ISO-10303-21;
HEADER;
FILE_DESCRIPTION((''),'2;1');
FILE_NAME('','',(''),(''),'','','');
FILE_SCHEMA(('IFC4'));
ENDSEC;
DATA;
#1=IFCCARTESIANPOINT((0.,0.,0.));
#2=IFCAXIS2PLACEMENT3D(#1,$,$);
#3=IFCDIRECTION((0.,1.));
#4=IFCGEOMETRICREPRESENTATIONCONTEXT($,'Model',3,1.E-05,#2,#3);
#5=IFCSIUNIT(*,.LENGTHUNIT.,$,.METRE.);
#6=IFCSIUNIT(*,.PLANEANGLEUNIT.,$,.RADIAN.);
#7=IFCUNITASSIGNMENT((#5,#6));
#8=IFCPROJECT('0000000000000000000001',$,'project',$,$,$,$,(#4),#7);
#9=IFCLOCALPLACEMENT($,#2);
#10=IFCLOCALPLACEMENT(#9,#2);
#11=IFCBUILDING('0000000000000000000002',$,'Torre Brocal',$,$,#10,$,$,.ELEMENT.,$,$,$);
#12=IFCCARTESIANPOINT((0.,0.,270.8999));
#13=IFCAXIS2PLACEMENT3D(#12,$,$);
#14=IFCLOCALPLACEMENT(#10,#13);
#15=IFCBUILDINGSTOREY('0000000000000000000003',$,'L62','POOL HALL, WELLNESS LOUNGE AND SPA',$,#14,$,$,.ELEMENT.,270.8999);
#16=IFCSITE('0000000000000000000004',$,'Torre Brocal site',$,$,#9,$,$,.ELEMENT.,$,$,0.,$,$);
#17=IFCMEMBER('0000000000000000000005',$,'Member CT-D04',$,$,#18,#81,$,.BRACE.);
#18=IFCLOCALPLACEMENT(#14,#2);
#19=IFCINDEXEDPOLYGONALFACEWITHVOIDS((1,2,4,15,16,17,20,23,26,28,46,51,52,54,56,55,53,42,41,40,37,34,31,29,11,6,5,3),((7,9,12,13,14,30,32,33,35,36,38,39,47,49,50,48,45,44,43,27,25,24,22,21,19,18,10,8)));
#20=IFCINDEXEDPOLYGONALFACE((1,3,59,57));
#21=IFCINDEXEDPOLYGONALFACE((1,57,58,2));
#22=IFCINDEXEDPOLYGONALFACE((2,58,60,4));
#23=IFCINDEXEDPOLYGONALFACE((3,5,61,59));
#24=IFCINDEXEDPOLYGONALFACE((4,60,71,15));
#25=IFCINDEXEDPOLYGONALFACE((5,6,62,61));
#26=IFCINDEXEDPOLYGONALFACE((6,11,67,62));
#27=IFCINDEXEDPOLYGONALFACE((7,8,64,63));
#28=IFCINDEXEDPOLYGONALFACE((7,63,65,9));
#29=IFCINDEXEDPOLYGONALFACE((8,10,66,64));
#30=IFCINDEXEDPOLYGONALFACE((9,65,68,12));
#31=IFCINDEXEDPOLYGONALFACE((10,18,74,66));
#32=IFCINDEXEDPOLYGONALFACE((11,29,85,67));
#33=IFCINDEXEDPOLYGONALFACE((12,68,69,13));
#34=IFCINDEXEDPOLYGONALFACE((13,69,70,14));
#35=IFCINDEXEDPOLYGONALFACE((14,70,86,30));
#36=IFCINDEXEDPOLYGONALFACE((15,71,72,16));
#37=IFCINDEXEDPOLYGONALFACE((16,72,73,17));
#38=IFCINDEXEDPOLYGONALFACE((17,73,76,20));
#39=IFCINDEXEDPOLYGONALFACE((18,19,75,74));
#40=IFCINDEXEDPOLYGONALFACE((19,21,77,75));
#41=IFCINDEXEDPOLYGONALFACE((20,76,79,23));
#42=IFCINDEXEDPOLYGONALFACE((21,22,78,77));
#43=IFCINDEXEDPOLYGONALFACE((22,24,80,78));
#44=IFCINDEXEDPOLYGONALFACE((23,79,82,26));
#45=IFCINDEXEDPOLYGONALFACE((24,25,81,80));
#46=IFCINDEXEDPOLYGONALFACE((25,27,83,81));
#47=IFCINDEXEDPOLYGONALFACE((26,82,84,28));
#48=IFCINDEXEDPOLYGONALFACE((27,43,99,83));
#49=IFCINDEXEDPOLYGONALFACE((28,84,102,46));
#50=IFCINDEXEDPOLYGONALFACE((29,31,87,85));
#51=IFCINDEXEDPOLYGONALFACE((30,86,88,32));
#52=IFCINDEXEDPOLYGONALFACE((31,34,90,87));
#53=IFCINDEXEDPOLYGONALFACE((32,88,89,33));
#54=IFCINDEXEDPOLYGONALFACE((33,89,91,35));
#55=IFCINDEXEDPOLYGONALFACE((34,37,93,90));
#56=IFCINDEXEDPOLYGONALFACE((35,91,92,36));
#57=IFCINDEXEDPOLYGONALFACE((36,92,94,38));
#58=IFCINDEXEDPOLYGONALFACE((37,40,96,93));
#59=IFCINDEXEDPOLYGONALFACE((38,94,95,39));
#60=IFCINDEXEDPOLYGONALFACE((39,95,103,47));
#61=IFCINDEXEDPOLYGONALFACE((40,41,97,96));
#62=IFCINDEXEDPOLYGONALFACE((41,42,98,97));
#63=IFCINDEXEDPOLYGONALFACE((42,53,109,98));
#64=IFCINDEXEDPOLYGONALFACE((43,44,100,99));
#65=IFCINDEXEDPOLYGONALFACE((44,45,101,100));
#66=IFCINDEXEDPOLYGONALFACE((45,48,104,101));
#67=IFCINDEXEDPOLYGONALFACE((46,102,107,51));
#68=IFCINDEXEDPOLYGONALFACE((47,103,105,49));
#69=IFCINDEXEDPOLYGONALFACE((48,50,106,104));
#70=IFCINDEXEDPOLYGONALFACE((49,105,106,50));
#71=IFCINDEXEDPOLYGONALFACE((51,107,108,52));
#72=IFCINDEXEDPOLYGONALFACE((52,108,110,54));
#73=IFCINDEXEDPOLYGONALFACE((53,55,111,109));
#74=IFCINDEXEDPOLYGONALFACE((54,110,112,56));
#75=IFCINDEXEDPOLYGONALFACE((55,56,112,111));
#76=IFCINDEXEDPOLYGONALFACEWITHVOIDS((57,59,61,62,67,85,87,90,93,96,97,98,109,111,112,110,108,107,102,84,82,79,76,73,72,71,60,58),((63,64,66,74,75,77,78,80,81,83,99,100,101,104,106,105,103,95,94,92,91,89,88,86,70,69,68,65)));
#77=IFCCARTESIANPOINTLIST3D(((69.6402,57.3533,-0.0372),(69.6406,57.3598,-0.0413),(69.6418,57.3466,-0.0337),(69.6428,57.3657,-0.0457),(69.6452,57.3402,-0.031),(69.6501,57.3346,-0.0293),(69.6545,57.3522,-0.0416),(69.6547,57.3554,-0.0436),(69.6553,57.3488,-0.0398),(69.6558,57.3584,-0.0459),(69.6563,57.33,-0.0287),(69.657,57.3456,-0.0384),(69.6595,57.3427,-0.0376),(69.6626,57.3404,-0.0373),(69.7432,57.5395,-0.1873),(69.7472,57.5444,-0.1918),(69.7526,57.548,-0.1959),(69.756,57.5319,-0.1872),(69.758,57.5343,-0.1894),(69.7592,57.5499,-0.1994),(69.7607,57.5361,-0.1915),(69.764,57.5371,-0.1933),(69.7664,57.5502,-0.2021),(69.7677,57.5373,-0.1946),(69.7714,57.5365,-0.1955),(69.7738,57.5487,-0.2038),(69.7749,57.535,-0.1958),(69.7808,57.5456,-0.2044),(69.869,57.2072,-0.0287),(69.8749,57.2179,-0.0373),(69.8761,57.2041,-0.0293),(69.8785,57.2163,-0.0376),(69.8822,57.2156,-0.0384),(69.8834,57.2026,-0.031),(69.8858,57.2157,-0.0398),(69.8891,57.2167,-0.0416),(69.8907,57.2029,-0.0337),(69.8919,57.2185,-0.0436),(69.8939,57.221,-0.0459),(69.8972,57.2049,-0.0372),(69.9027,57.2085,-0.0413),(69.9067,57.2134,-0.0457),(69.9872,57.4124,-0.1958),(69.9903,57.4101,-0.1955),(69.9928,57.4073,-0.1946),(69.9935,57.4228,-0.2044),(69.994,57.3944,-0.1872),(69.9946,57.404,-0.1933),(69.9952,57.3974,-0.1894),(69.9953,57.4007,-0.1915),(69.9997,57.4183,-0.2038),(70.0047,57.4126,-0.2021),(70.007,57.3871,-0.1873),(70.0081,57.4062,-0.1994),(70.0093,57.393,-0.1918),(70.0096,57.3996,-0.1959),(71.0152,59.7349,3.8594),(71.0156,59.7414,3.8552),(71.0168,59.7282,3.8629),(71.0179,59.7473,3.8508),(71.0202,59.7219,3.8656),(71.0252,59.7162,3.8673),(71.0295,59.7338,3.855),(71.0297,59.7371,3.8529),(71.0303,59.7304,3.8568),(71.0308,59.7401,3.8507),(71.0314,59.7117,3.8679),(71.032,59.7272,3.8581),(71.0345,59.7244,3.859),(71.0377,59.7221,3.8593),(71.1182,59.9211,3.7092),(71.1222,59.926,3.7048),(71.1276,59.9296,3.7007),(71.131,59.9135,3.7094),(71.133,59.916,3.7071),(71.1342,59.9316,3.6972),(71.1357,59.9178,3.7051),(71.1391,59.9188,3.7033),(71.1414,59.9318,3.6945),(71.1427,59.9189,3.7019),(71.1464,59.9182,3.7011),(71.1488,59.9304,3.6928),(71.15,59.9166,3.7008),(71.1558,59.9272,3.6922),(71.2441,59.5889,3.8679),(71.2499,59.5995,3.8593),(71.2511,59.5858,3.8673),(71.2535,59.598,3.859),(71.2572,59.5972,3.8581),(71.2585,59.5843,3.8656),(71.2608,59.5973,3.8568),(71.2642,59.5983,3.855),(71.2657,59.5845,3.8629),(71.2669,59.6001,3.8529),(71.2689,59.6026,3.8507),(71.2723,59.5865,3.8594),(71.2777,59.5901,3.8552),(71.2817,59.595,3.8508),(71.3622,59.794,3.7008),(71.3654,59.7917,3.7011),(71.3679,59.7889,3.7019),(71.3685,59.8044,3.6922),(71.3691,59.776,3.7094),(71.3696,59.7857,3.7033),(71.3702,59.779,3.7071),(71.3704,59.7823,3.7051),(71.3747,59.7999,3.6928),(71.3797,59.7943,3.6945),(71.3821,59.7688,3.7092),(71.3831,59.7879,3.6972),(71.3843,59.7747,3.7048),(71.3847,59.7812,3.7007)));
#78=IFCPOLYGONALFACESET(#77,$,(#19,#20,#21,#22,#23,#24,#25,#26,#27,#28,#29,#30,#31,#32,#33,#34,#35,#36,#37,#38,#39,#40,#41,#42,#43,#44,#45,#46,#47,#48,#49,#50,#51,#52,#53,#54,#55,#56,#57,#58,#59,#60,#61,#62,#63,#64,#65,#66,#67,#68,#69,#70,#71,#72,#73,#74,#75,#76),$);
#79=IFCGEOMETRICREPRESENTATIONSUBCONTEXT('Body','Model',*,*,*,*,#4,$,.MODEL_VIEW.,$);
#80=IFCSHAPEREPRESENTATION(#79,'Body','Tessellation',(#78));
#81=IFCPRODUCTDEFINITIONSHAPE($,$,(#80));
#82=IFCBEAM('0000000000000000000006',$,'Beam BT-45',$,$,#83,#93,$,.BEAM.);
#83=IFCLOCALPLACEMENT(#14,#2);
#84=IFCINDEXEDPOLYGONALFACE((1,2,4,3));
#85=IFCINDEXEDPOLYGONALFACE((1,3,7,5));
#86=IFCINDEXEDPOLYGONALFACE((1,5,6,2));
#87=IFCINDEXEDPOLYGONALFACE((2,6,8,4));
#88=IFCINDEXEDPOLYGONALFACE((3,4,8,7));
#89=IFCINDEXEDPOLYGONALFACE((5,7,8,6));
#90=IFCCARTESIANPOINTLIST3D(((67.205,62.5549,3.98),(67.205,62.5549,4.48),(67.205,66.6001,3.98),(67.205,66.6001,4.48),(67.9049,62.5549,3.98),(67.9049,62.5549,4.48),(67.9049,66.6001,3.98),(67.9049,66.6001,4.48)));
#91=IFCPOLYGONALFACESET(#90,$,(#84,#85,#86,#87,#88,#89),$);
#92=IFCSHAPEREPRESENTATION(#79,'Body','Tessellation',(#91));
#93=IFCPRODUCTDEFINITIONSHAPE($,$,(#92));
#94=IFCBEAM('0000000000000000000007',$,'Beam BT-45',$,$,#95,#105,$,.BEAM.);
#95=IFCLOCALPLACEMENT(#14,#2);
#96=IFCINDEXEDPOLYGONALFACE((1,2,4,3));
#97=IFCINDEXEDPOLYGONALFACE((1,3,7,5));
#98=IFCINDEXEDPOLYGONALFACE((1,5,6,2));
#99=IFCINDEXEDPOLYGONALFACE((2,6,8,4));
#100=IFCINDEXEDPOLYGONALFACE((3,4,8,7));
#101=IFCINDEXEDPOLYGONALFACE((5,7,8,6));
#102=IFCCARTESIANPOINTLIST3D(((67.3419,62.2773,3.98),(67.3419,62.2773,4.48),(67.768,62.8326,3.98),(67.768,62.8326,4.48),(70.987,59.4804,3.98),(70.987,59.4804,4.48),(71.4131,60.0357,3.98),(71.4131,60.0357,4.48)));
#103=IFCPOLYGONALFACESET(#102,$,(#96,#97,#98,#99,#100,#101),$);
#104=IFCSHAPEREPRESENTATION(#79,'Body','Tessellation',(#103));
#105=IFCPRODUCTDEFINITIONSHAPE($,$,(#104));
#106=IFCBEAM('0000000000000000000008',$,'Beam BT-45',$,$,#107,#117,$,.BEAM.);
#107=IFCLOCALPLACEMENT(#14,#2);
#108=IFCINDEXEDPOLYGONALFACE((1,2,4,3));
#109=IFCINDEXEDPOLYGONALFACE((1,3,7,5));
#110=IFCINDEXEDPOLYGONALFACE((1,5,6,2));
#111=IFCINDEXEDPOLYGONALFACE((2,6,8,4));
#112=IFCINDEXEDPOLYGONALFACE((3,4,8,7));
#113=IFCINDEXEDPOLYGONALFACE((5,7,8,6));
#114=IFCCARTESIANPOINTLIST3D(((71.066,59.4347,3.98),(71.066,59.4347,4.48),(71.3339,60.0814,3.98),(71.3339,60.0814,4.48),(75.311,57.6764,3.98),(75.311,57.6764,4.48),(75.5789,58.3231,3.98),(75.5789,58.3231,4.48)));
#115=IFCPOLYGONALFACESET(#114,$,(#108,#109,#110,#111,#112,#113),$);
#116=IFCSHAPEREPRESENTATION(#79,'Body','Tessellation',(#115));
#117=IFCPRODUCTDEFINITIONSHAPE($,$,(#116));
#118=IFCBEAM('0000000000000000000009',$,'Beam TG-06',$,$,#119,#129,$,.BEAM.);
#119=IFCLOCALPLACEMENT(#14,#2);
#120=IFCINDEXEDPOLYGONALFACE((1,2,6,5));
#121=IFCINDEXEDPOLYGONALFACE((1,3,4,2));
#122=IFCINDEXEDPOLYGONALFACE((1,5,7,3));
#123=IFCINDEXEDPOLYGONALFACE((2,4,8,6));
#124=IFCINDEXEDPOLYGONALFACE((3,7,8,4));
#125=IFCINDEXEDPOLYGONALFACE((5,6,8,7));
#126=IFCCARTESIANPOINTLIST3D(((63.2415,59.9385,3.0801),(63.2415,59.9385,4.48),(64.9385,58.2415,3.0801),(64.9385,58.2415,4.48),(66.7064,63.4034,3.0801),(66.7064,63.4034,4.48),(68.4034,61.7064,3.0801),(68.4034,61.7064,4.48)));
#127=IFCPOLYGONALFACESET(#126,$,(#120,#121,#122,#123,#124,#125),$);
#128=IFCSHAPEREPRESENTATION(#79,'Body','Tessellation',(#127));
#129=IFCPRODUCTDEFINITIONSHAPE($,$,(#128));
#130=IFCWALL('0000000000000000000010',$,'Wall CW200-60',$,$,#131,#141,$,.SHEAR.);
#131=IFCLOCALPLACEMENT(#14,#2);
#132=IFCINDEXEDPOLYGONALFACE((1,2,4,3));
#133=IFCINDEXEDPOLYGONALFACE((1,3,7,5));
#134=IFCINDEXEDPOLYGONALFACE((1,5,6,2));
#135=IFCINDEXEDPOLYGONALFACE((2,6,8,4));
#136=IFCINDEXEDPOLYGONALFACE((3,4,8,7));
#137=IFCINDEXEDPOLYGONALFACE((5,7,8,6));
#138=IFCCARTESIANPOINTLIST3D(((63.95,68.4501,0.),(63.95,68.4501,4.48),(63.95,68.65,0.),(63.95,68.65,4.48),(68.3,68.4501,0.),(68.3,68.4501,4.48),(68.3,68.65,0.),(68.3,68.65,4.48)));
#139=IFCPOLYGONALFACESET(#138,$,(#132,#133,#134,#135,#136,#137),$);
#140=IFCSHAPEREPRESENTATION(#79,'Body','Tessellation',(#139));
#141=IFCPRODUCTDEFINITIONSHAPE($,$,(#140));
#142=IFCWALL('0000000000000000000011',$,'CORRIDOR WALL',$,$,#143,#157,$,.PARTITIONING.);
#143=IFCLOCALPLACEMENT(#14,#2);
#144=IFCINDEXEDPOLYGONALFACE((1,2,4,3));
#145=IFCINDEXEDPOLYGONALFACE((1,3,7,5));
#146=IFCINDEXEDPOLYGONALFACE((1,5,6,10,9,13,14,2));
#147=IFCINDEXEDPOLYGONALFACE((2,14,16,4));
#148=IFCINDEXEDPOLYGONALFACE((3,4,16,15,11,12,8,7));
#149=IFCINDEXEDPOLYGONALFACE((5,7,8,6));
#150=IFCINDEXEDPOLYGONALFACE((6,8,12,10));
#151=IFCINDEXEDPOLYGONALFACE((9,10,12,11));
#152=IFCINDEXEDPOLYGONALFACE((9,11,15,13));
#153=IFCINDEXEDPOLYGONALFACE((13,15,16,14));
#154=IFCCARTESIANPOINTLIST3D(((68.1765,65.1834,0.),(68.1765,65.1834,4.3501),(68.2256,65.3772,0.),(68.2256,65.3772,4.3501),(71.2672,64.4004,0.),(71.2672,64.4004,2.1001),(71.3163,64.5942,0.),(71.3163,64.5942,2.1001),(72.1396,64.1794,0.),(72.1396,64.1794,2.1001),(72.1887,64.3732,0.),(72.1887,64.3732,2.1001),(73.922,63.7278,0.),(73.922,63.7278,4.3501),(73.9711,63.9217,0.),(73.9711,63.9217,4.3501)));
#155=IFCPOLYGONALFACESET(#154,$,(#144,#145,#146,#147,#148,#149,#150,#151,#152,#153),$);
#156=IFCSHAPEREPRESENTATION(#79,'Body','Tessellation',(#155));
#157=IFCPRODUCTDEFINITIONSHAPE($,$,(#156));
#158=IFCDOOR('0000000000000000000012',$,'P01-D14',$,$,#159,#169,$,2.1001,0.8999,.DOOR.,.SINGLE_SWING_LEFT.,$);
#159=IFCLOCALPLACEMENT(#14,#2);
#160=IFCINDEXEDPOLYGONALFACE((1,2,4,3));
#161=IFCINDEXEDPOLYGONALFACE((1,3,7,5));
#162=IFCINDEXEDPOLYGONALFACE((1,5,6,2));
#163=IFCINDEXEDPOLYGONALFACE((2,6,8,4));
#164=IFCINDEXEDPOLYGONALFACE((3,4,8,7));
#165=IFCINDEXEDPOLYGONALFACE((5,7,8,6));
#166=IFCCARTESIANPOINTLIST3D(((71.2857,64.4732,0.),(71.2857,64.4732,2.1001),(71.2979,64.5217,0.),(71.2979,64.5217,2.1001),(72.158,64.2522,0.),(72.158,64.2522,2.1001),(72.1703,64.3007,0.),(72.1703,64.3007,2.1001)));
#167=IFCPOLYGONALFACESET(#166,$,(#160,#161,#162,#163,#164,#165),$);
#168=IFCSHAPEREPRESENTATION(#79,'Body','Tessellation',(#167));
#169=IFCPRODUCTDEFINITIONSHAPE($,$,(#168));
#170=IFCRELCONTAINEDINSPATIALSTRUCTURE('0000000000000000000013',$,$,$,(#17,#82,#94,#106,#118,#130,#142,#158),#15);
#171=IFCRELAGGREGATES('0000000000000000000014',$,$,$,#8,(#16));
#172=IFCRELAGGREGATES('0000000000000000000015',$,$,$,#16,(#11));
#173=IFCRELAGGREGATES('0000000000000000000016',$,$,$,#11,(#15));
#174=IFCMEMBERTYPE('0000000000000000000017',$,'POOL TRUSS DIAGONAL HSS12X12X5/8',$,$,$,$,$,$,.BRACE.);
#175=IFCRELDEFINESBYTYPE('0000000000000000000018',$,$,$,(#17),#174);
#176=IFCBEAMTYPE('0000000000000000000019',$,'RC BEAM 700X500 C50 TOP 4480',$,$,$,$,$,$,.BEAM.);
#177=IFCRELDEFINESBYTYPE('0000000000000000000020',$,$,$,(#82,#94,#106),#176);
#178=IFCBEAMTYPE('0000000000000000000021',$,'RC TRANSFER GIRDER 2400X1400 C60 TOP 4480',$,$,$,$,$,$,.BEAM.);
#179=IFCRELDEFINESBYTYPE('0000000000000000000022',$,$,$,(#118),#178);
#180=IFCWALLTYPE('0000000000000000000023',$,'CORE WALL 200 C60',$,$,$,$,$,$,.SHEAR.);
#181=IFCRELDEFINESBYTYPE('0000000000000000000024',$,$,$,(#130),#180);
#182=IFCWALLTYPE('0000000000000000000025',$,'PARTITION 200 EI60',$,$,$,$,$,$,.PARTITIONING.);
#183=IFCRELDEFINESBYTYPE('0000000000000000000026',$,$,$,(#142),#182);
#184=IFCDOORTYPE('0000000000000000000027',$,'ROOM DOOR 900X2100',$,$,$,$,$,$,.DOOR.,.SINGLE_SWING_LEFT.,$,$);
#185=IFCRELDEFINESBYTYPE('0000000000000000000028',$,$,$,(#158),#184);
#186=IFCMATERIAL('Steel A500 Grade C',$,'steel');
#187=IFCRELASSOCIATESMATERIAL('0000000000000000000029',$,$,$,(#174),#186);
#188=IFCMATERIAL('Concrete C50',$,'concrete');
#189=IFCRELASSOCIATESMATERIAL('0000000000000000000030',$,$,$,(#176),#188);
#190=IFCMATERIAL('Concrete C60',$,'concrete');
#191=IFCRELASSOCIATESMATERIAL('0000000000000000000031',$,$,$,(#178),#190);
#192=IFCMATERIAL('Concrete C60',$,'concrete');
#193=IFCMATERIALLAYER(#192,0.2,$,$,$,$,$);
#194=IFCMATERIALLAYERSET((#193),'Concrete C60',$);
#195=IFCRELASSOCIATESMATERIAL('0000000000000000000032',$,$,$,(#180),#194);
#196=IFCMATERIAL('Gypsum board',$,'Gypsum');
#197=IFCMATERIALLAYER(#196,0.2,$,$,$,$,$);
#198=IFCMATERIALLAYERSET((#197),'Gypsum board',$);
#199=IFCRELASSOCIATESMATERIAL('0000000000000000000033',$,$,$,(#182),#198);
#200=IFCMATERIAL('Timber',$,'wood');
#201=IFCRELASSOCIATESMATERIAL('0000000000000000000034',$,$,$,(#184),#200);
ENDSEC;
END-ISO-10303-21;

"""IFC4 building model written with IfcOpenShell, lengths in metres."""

from ifc_helpers import new_model, si_unit, direction, frame, frame_2d, origin, origin_2d, place, context, subcontext, project, spatial, rectangle, hollow_rectangle, extrude, material, layer, layer_set, material_profile, profile_set, type_object, element, fill, save


model = new_model("IFC4")

# Units and contexts
model_context = context("Model", 3, precision=1e-05, world=origin(), true_north=direction((0.0, 1.0)))
body_context = subcontext(model_context, "Body", "Model", "MODEL_VIEW")
ifc_project = project(units=[si_unit("LENGTHUNIT", "METRE"), si_unit("PLANEANGLEUNIT", "RADIAN")], contexts=[model_context])

# Site, building, storey
site_placement = place(None, origin())
site = spatial("IfcSite", under=ifc_project, at=site_placement, Name="Torre Brocal site", CompositionType="ELEMENT", RefElevation=0.0)
building_placement = place(site_placement, origin())
building = spatial("IfcBuilding", under=site, at=building_placement, Name="Torre Brocal", CompositionType="ELEMENT")
storey_placement = place(building_placement, frame((0.0, 0.0, 270.8999)))
storey = spatial("IfcBuildingStorey", under=building, at=storey_placement, Name="L62", Description="POOL HALL, WELLNESS LOUNGE AND SPA", CompositionType="ELEMENT", Elevation=270.8999)

# Member
ifc_material_1 = material(Name="Steel A500 Grade C", Category="steel")
ifc_material_profile_1 = material_profile(ifc_material_1, hollow_rectangle(XDim=0.3047, YDim=0.3047, WallThickness=0.0149, InnerFilletRadius=0.0149, OuterFilletRadius=0.0295, at=origin_2d()), Name="HSS12X12X5/8")
ifc_profile_set_1 = profile_set([ifc_material_profile_1], Name="Steel A500 Grade C")
member_type_1 = type_object("IfcMemberType", Name="POOL TRUSS DIAGONAL HSS12X12X5/8", PredefinedType="BRACE", material=ifc_profile_set_1)
member_1_placement = place(storey_placement, frame((71.2, 59.7581, 3.78), z_axis=(-0.288309, -0.49937, -0.817011), x_axis=(0.866027, -0.499997, 0.0)))
element("IfcMember", 1, at=member_1_placement, inside=storey, type_object=member_type_1, Name="Member CT-D04", PredefinedType="BRACE", context=body_context, shape_type="SweptSolid", body=[
    extrude(hollow_rectangle(XDim=0.3047, YDim=0.3047, WallThickness=0.0149, InnerFilletRadius=0.0149, OuterFilletRadius=0.0295, at=origin_2d()), origin(), (0.0, 0.0, 1.0), 4.7693),
])

# Beams
ifc_material_2 = material(Name="Concrete C50", Category="concrete")
ifc_material_profile_2 = material_profile(ifc_material_2, rectangle(XDim=0.7, YDim=0.5, at=origin_2d()), Name="RC 700X500")
ifc_profile_set_2 = profile_set([ifc_material_profile_2], Name="Concrete C50")
beam_type_1 = type_object("IfcBeamType", Name="RC BEAM 700X500 C50 TOP 4480", PredefinedType="BEAM", material=ifc_profile_set_2)
beam_1_placement = place(storey_placement, frame((67.5549, 62.5549, 4.23), z_axis=(0.0, 1.0, 0.0), x_axis=(-1.0, 0.0, 0.0)))
element("IfcBeam", 2, at=beam_1_placement, inside=storey, type_object=beam_type_1, Name="Beam BT-45", PredefinedType="BEAM", context=body_context, shape_type="SweptSolid", body=[
    extrude(rectangle(XDim=0.7, YDim=0.5, at=origin_2d()), origin(), (0.0, 0.0, 1.0), 4.0452),
])
beam_2_placement = place(storey_placement, frame((67.5549, 62.5549, 4.23), z_axis=(0.793358, -0.608755, 0.0), x_axis=(0.608755, 0.793358, 0.0)))
element("IfcBeam", 3, at=beam_2_placement, inside=storey, type_object=beam_type_1, Name="Beam BT-45", PredefinedType="BEAM", context=body_context, shape_type="SweptSolid", body=[
    extrude(rectangle(XDim=0.7, YDim=0.5, at=origin_2d()), origin(), (0.0, 0.0, 1.0), 4.5945),
])
beam_3_placement = place(storey_placement, frame((71.2, 59.7581, 4.23), z_axis=(0.923878, -0.382687, 0.0), x_axis=(0.382687, 0.923878, 0.0)))
element("IfcBeam", 4, at=beam_3_placement, inside=storey, type_object=beam_type_1, Name="Beam BT-45", PredefinedType="BEAM", context=body_context, shape_type="SweptSolid", body=[
    extrude(rectangle(XDim=0.7, YDim=0.5, at=origin_2d()), origin(), (0.0, 0.0, 1.0), 4.5947),
])
ifc_material_3 = material(Name="Concrete C60", Category="concrete")
ifc_material_profile_3 = material_profile(ifc_material_3, rectangle(XDim=2.3999, YDim=1.3999, at=origin_2d()), Name="RC 2400X1400")
ifc_profile_set_3 = profile_set([ifc_material_profile_3], Name="Concrete C60")
beam_type_2 = type_object("IfcBeamType", Name="RC TRANSFER GIRDER 2400X1400 C60 TOP 4480", PredefinedType="BEAM", material=ifc_profile_set_3)
beam_4_placement = place(storey_placement, frame((67.5549, 62.5549, 3.78), z_axis=(-0.707107, -0.707107, 0.0), x_axis=(0.707107, -0.707107, 0.0)))
element("IfcBeam", 5, at=beam_4_placement, inside=storey, type_object=beam_type_2, Name="Beam TG-06", PredefinedType="BEAM", context=body_context, shape_type="SweptSolid", body=[
    extrude(rectangle(XDim=2.3999, YDim=1.3999, at=origin_2d()), origin(), (0.0, 0.0, 1.0), 4.9001),
])

# Wall
ifc_material_4 = material(Name="Concrete C60", Category="concrete")
ifc_layer_1 = layer(ifc_material_4, 0.2)
ifc_layer_set_1 = layer_set([ifc_layer_1], Name="Concrete C60")
wall_type_1 = type_object("IfcWallType", Name="CORE WALL 200 C60", PredefinedType="SHEAR", material=ifc_layer_set_1)
wall_1_placement = place(storey_placement, frame((68.3, 68.55, 0.0), z_axis=(0.0, 0.0, 1.0), x_axis=(-1.0, 0.0, 0.0)))
element("IfcWall", 6, at=wall_1_placement, inside=storey, type_object=wall_type_1, Name="Wall CW200-60", PredefinedType="SHEAR", context=body_context, shape_type="SweptSolid", body=[
    extrude(rectangle(XDim=4.3501, YDim=0.2, at=frame_2d((2.175, 0.0))), origin(), (0.0, 0.0, 1.0), 4.48),
])

# Wall, opening, door
ifc_material_5 = material(Name="Gypsum board", Category="Gypsum")
ifc_layer_2 = layer(ifc_material_5, 0.2)
ifc_layer_set_2 = layer_set([ifc_layer_2], Name="Gypsum board")
wall_type_2 = type_object("IfcWallType", Name="PARTITION 200 EI60", PredefinedType="PARTITIONING", material=ifc_layer_set_2)
wall_2_placement = place(storey_placement, frame((68.2012, 65.2803, 0.0), z_axis=(0.0, 0.0, 1.0), x_axis=(0.969377, -0.245578, 0.0)))
wall_2 = element("IfcWall", 7, at=wall_2_placement, inside=storey, type_object=wall_type_2, Name="CORRIDOR WALL", PredefinedType="PARTITIONING", context=body_context, shape_type="SweptSolid", body=[
    extrude(rectangle(XDim=5.927, YDim=0.2, at=frame_2d((2.9634, 0.0))), origin(), (0.0, 0.0, 1.0), 4.3501),
])
opening_1_placement = place(wall_2_placement, frame((3.1882, 0.0, 0.0)))
opening_1 = element("IfcOpeningElement", 8, at=opening_1_placement, cuts=wall_2, PredefinedType="OPENING", context=body_context, shape_type="SweptSolid", body=[
    extrude(rectangle(XDim=0.8999, YDim=2.1001, at=frame_2d((0.45, 1.05))), frame((0.0, 0.1099, 0.0), z_axis=(0.0, -1.0, 0.0), x_axis=(1.0, 0.0, 0.0)), (0.0, 0.0, 1.0), 0.22),
])
ifc_material_6 = material(Name="Timber", Category="wood")
door_type_1 = type_object("IfcDoorType", Name="ROOM DOOR 900X2100", OperationType="SINGLE_SWING_LEFT", PredefinedType="DOOR", material=ifc_material_6)
door_1_placement = place(opening_1_placement, frame((0.8999, 0.0, 0.0), z_axis=(0.0, 0.0, 1.0), x_axis=(-1.0, 0.0, 0.0)))
door_1 = element("IfcDoor", 9, at=door_1_placement, inside=storey, type_object=door_type_1, Name="P01-D14", OperationType="SINGLE_SWING_LEFT", OverallHeight=2.1001, OverallWidth=0.8999, PredefinedType="DOOR", context=body_context, shape_type="SweptSolid", body=[
    extrude(rectangle(XDim=0.8999, YDim=2.1001, at=frame_2d((0.45, 1.05))), frame((0.0, 0.0249, 0.0), z_axis=(0.0, -1.0, 0.0), x_axis=(1.0, 0.0, 0.0)), (0.0, 0.0, 1.0), 0.05),
])
fill(opening_1, door_1)

save(model, "model.ifc")
